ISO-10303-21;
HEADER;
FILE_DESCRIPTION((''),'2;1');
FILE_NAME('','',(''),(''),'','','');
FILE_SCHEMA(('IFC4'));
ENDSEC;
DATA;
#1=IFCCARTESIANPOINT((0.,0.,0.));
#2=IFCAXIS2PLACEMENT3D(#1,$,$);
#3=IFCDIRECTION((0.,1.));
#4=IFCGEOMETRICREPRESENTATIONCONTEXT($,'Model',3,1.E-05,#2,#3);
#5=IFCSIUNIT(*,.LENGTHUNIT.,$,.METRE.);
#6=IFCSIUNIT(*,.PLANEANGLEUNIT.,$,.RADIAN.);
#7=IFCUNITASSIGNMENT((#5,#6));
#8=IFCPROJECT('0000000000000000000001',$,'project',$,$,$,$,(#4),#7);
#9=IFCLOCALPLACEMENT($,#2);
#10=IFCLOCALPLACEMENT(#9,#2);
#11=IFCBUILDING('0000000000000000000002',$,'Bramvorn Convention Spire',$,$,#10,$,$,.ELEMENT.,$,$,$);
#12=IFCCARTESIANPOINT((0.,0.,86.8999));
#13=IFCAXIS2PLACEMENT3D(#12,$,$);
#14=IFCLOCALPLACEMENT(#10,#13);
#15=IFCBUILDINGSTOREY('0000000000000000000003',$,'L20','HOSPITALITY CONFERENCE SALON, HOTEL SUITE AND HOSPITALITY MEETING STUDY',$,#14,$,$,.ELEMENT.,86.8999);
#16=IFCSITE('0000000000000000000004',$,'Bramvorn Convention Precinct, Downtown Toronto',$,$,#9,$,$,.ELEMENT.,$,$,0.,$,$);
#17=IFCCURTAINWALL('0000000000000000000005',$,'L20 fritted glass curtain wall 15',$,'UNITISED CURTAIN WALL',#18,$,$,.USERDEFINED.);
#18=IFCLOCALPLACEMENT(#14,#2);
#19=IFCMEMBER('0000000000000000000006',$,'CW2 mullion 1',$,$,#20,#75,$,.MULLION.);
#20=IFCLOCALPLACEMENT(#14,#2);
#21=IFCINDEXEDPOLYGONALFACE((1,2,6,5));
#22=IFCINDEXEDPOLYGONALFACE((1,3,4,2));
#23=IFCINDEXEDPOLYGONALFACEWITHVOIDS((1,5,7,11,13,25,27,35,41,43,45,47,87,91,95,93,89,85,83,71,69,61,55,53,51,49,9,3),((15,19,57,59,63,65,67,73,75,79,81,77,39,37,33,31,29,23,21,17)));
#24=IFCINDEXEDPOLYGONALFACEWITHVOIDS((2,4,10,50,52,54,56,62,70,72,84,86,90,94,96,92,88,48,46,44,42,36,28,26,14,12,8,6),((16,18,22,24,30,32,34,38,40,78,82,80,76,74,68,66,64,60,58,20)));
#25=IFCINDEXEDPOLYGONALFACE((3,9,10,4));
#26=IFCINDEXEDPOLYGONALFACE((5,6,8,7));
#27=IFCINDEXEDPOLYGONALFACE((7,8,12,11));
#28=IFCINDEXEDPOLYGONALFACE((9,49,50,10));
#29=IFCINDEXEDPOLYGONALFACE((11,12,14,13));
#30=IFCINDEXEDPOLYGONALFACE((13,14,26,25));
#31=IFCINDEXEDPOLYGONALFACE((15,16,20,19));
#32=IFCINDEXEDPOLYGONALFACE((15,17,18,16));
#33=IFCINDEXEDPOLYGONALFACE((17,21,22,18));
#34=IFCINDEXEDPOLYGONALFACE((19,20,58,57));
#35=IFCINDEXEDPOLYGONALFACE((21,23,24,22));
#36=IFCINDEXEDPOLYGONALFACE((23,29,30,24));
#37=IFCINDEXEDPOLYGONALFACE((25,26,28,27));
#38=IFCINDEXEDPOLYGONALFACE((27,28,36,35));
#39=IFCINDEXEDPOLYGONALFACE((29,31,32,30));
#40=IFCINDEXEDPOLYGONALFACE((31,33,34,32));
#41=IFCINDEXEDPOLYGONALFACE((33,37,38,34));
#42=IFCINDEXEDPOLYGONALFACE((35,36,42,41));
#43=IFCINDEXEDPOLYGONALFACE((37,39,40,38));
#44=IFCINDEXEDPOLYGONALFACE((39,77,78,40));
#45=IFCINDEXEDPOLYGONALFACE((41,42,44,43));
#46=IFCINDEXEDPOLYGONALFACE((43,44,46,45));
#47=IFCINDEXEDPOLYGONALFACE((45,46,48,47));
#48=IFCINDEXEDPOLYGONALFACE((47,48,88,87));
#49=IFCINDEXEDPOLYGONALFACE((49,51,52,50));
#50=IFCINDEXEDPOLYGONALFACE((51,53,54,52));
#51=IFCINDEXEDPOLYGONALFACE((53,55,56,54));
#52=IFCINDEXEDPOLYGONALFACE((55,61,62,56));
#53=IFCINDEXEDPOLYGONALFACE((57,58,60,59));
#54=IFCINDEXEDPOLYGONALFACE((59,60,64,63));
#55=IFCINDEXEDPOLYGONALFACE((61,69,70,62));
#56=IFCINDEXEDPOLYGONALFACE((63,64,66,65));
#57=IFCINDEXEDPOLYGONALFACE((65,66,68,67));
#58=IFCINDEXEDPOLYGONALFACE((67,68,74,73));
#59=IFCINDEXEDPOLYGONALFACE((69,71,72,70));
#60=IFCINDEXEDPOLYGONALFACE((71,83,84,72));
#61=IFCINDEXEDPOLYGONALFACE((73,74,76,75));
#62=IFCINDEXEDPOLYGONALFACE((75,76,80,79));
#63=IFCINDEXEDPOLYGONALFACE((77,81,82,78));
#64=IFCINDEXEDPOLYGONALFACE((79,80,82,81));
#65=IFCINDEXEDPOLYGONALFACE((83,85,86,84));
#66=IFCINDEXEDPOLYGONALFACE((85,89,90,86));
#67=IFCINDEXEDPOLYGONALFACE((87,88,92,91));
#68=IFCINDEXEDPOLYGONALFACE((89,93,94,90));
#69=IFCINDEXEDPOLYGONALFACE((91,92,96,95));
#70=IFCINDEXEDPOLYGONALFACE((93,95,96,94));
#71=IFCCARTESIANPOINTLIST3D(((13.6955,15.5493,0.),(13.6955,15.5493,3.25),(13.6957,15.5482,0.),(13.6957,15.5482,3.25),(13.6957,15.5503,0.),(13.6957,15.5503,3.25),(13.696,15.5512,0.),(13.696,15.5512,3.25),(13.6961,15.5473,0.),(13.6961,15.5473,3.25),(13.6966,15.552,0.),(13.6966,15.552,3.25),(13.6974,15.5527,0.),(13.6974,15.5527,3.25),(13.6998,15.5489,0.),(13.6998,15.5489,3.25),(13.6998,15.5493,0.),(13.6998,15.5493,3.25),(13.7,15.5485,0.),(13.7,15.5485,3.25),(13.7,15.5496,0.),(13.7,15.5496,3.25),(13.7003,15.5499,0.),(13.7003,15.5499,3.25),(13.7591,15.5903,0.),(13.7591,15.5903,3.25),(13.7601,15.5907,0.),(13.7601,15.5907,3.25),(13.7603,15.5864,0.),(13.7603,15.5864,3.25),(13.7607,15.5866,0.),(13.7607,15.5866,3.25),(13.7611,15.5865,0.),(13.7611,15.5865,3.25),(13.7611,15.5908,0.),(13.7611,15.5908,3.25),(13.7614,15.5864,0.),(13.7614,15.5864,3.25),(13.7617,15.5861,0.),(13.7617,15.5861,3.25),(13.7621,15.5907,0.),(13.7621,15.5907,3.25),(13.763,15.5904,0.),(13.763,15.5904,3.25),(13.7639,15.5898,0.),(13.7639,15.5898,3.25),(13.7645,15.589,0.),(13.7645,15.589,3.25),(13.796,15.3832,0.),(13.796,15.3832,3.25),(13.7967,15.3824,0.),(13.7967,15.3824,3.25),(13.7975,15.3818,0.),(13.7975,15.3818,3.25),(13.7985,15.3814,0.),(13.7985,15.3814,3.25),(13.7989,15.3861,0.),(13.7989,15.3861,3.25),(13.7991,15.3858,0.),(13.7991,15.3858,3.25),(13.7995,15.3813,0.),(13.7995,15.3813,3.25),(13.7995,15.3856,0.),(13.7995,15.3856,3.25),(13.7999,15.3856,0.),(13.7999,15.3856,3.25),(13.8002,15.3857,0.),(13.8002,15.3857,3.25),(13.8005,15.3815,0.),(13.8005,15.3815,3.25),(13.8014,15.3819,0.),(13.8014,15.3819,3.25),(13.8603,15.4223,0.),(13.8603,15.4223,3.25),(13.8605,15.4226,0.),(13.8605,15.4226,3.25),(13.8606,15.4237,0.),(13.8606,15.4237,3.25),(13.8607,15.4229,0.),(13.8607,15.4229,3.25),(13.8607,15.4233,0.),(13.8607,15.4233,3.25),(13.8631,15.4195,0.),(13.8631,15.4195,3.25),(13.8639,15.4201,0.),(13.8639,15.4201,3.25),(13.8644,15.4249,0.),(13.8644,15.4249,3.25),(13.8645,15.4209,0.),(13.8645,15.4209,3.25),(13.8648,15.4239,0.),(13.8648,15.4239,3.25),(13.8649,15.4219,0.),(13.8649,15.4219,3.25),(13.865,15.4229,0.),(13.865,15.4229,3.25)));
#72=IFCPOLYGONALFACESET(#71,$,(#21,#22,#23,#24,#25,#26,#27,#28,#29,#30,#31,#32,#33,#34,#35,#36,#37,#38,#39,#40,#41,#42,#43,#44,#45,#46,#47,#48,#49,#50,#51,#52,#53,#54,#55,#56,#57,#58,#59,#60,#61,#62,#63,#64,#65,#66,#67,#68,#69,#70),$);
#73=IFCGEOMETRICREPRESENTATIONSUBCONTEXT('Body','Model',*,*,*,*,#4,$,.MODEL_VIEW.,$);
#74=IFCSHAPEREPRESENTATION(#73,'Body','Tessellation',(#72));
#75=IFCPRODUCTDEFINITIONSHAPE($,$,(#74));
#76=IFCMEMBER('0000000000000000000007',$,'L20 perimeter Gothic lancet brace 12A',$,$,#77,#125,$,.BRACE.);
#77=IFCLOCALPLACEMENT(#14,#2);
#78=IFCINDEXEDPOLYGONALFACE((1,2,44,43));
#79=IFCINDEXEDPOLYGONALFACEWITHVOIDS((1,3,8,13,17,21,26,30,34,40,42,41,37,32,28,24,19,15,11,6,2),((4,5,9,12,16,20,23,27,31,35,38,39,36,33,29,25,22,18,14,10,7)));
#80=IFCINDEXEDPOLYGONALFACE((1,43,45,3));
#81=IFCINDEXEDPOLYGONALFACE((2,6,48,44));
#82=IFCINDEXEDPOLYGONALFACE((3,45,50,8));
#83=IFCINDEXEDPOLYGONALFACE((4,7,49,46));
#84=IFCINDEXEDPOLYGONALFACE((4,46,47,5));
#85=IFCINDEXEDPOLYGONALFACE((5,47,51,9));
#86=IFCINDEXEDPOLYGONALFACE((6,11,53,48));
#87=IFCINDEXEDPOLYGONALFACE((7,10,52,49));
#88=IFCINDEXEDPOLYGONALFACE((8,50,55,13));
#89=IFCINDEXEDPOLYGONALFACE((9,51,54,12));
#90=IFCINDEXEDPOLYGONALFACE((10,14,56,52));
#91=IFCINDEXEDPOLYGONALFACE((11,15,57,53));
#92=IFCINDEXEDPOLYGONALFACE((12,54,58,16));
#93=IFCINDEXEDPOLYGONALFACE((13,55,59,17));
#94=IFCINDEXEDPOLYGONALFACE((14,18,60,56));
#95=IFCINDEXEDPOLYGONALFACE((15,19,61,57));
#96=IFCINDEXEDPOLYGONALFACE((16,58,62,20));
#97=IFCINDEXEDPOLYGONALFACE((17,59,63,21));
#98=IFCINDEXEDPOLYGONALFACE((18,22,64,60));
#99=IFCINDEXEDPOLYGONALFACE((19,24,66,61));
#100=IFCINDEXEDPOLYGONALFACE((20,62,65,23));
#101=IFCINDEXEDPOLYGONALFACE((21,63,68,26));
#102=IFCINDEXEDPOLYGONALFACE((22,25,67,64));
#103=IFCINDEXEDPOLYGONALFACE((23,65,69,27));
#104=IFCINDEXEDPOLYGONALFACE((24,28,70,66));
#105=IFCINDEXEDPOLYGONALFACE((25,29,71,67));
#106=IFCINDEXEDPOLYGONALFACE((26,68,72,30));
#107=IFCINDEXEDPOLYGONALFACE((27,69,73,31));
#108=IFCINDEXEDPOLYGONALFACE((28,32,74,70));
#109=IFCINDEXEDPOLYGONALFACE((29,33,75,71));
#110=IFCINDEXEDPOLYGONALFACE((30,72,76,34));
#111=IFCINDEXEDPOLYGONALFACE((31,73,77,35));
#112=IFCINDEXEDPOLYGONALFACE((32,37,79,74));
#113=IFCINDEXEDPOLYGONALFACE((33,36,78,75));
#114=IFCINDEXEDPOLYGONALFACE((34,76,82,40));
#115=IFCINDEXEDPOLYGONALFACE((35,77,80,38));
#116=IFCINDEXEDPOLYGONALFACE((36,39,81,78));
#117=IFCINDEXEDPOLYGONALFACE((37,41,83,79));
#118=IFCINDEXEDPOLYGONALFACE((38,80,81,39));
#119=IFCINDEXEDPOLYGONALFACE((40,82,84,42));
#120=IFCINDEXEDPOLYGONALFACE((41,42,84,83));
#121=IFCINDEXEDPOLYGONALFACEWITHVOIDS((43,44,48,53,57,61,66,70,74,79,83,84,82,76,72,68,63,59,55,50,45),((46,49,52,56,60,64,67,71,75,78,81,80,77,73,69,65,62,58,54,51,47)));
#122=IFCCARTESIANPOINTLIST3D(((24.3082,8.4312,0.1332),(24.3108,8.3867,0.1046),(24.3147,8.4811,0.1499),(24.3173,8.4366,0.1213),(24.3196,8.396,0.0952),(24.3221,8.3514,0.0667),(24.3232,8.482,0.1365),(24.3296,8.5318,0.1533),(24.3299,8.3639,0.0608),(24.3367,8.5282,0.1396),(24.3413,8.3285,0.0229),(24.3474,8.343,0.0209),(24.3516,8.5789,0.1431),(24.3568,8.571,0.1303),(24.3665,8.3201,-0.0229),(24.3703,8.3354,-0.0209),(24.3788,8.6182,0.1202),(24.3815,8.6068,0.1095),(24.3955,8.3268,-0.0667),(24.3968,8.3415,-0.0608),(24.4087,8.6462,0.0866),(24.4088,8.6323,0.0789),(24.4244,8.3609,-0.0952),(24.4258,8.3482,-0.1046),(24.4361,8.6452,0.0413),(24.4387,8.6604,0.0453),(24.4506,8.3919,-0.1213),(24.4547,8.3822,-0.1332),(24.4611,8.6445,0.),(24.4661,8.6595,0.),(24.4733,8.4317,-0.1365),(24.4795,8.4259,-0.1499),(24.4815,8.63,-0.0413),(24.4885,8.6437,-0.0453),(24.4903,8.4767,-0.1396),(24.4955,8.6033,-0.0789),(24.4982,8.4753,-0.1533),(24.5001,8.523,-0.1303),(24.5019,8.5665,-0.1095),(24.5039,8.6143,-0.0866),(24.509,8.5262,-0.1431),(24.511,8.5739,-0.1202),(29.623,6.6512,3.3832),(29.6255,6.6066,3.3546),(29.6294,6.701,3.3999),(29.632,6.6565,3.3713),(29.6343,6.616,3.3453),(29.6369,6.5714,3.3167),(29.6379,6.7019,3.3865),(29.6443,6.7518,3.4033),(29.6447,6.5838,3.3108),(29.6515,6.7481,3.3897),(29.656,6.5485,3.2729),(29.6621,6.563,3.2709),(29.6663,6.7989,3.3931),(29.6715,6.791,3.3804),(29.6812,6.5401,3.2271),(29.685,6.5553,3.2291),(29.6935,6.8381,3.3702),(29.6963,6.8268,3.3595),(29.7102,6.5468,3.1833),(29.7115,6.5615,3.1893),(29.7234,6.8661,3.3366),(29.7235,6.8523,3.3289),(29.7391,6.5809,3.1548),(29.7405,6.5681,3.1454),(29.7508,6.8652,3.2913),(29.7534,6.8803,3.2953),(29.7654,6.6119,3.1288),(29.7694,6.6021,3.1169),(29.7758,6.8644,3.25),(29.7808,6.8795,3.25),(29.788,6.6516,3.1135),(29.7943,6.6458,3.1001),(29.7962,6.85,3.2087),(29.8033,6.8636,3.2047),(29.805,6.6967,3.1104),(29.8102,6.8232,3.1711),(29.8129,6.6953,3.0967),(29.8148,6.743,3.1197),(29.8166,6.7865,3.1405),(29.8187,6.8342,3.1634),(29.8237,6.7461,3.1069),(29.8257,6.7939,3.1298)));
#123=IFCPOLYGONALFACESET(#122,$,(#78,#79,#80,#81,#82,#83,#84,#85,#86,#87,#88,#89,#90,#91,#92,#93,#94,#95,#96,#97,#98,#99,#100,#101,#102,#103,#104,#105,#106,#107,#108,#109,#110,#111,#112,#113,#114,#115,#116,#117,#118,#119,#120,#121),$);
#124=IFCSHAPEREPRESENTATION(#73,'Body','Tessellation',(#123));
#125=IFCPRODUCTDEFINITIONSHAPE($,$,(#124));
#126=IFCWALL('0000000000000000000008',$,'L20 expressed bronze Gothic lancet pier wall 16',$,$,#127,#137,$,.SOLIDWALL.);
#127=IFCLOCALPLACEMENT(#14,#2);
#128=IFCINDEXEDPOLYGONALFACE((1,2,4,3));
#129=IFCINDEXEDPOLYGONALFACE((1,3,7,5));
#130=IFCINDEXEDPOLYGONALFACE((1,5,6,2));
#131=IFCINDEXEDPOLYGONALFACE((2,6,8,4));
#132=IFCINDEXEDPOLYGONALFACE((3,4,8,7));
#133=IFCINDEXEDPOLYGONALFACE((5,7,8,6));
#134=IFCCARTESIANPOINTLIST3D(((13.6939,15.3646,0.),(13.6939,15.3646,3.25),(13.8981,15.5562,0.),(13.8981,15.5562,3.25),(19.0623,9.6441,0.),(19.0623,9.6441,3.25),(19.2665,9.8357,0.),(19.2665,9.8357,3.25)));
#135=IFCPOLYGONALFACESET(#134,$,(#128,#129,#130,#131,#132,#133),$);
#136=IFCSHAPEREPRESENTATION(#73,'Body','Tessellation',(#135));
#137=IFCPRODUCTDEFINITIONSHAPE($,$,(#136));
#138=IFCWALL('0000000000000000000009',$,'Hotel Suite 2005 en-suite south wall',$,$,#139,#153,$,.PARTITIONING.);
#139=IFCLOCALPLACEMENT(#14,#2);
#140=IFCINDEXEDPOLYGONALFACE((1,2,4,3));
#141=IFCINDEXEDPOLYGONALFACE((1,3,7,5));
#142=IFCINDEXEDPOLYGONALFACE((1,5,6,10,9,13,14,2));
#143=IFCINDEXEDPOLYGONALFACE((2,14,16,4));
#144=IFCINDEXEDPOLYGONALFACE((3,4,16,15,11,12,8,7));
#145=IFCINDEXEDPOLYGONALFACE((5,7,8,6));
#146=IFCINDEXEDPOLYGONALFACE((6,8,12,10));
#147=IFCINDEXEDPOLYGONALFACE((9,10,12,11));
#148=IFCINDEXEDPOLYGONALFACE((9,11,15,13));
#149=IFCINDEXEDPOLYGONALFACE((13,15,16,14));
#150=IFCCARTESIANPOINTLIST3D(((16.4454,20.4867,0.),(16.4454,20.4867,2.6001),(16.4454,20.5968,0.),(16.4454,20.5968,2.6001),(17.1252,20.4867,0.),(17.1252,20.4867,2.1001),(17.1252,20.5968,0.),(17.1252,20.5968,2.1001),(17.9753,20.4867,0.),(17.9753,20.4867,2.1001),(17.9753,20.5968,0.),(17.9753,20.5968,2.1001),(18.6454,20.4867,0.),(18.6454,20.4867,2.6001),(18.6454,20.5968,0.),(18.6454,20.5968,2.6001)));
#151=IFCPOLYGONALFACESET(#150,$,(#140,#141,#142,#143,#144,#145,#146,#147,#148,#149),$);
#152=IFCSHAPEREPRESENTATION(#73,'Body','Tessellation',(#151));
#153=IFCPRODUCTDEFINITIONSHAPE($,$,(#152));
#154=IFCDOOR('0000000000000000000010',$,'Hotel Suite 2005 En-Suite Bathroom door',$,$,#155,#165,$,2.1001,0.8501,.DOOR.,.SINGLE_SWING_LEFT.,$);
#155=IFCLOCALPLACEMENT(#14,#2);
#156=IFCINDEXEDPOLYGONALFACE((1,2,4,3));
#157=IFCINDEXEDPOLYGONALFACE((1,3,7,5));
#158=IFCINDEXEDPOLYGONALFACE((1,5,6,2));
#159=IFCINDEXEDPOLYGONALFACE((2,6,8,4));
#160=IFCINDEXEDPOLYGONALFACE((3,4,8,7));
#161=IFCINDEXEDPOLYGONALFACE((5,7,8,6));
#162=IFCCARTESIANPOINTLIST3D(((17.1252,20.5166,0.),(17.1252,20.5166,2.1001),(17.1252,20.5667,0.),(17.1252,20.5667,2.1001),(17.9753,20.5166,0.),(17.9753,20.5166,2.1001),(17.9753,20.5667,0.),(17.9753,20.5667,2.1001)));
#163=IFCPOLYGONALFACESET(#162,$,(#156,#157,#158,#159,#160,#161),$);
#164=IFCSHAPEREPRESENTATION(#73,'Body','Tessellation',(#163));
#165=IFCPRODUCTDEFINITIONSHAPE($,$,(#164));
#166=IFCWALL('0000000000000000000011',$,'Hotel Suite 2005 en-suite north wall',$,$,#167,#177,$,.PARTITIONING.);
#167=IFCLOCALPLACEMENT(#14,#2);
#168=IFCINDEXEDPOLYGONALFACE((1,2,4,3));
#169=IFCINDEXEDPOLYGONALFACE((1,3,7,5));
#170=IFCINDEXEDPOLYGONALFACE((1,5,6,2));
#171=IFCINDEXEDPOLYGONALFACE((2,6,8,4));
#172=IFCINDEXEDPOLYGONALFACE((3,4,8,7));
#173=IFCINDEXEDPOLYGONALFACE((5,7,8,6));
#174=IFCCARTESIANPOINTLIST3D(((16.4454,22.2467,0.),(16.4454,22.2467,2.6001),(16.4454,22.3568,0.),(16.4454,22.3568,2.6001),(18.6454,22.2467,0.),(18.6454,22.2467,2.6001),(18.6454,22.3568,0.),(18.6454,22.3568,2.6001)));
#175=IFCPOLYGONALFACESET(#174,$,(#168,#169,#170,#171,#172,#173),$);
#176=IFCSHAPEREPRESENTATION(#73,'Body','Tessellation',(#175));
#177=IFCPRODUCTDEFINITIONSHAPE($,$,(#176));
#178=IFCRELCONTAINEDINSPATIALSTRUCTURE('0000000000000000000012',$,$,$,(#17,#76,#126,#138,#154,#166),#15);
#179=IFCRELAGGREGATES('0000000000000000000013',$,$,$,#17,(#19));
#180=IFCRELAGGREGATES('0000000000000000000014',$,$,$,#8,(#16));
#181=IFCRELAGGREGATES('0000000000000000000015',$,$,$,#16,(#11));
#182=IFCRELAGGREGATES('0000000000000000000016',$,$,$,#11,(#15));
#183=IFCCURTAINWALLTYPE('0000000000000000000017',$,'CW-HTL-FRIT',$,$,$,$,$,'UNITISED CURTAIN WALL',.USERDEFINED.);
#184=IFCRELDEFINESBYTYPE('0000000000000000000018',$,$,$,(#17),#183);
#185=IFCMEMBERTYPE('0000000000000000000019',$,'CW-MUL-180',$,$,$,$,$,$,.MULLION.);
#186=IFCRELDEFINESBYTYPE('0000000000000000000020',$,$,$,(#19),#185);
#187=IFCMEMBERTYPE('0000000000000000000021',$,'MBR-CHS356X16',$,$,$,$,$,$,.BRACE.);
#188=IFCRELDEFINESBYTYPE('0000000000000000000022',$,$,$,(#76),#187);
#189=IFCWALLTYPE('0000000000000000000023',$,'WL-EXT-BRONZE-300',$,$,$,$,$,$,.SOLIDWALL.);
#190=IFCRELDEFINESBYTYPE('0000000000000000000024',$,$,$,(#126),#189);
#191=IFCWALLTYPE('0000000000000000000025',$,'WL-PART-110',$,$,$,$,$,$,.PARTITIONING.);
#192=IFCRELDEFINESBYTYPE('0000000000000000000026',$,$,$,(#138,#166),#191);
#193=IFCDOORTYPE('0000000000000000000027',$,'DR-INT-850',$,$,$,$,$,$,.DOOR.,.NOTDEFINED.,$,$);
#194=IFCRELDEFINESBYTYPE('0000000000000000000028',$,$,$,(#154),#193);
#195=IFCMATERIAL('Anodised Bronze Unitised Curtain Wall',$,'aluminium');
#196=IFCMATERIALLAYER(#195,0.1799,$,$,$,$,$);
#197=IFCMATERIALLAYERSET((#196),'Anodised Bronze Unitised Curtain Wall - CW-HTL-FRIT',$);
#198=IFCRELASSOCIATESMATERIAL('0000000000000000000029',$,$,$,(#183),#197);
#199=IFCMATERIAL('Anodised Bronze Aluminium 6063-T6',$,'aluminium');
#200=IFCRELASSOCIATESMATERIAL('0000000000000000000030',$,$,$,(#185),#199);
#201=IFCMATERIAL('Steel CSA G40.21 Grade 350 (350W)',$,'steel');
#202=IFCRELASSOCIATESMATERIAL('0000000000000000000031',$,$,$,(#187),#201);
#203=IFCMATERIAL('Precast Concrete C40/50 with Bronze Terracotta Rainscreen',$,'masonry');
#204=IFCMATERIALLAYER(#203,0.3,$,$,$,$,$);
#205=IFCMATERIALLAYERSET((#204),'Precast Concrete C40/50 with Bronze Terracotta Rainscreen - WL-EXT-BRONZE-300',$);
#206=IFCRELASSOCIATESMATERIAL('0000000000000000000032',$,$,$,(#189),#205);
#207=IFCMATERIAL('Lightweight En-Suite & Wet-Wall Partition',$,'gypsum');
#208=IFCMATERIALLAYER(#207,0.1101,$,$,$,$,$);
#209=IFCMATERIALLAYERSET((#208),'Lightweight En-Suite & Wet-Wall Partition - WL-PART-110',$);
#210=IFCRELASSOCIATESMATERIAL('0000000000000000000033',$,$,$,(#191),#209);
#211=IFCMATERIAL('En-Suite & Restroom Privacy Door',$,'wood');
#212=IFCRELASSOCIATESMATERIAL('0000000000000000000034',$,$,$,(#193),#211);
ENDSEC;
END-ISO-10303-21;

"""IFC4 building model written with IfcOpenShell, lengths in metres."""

from ifc_helpers import new_model, si_unit, direction, frame, frame_2d, origin, origin_2d, place, context, subcontext, project, spatial, rectangle, hollow_rectangle, hollow_circle, extrude, material, layer, layer_set, material_profile, profile_set, type_object, element, fill, aggregate, save


model = new_model("IFC4")

# Units and contexts
model_context = context("Model", 3, precision=1e-05, world=origin(), true_north=direction((0.0, 1.0)))
body_context = subcontext(model_context, "Body", "Model", "MODEL_VIEW")
ifc_project = project(units=[si_unit("LENGTHUNIT", "METRE"), si_unit("PLANEANGLEUNIT", "RADIAN")], contexts=[model_context])

# Site, building, storey
site_placement = place(None, origin())
site = spatial("IfcSite", under=ifc_project, at=site_placement, Name="Bramvorn Convention Precinct, Downtown Toronto", CompositionType="ELEMENT", RefElevation=0.0)
building_placement = place(site_placement, origin())
building = spatial("IfcBuilding", under=site, at=building_placement, Name="Bramvorn Convention Spire", CompositionType="ELEMENT")
storey_placement = place(building_placement, frame((0.0, 0.0, 86.8999)))
storey = spatial("IfcBuildingStorey", under=building, at=storey_placement, Name="L20", Description="HOSPITALITY CONFERENCE SALON, HOTEL SUITE AND HOSPITALITY MEETING STUDY", CompositionType="ELEMENT", Elevation=86.8999)

# Shared definitions
ifc_material_1 = material(Name="Steel CSA G40.21 Grade 350 (350W)", Category="steel")

# Curtain wall, member
ifc_material_2 = material(Name="Anodised Bronze Unitised Curtain Wall", Category="aluminium")
ifc_layer_1 = layer(ifc_material_2, 0.1799)
ifc_layer_set_1 = layer_set([ifc_layer_1], Name="Anodised Bronze Unitised Curtain Wall - CW-HTL-FRIT")
curtain_wall_type = type_object("IfcCurtainWallType", Name="CW-HTL-FRIT", ElementType="UNITISED CURTAIN WALL", PredefinedType="USERDEFINED", material=ifc_layer_set_1)
curtain_wall_placement = place(storey_placement, origin())
curtain_wall = element("IfcCurtainWall", 1, at=curtain_wall_placement, inside=storey, type_object=curtain_wall_type, Name="L20 fritted glass curtain wall 15", ObjectType="UNITISED CURTAIN WALL", PredefinedType="USERDEFINED")
ifc_material_3 = material(Name="Anodised Bronze Aluminium 6063-T6", Category="aluminium")
ifc_material_profile_1 = material_profile(ifc_material_3, hollow_rectangle(XDim=0.0801, YDim=0.2, WallThickness=0.0039, InnerFilletRadius=0.001, OuterFilletRadius=0.0039, at=origin_2d()))
ifc_profile_set_1 = profile_set([ifc_material_profile_1], Name="Anodised Bronze Aluminium 6063-T6 - CWM80X200")
member_type_1 = type_object("IfcMemberType", Name="CW-MUL-180", PredefinedType="MULLION", material=ifc_profile_set_1)
member_1_placement = place(storey_placement, frame((13.7803, 15.4861, 0.0), z_axis=(0.0, 0.0, 1.0), x_axis=(-0.854123, -0.52007, 0.0)))
member_1 = element("IfcMember", 2, at=member_1_placement, type_object=member_type_1, Name="CW2 mullion 1", PredefinedType="MULLION", context=body_context, shape_type="SweptSolid", body=[
    extrude(hollow_rectangle(XDim=0.0801, YDim=0.2, WallThickness=0.0039, InnerFilletRadius=0.001, OuterFilletRadius=0.0039, at=origin_2d()), origin(), (0.0, 0.0, 1.0), 3.25),
])
aggregate(curtain_wall, [member_1])

# Member
ifc_material_profile_2 = material_profile(ifc_material_1, hollow_circle(Radius=0.1777, WallThickness=0.0159, at=origin_2d()))
ifc_profile_set_2 = profile_set([ifc_material_profile_2], Name="Steel CSA G40.21 Grade 350 (350W) - CHS356X16")
member_type_2 = type_object("IfcMemberType", Name="MBR-CHS356X16", PredefinedType="BRACE", material=ifc_profile_set_2)
member_2_placement = place(storey_placement, frame((24.4097, 8.491, 0.0), z_axis=(0.8203, -0.27474, 0.501623), x_axis=(0.317586, 0.948229, 0.0)))
element("IfcMember", 3, at=member_2_placement, inside=storey, type_object=member_type_2, Name="L20 perimeter Gothic lancet brace 12A", PredefinedType="BRACE", context=body_context, shape_type="SweptSolid", body=[
    extrude(hollow_circle(Radius=0.1777, WallThickness=0.0159, at=origin_2d()), origin(), (0.0, 0.0, 1.0), 6.479),
])

# Wall
ifc_material_4 = material(Name="Precast Concrete C40/50 with Bronze Terracotta Rainscreen", Category="masonry")
ifc_layer_2 = layer(ifc_material_4, 0.3)
ifc_layer_set_2 = layer_set([ifc_layer_2], Name="Precast Concrete C40/50 with Bronze Terracotta Rainscreen - WL-EXT-BRONZE-300")
wall_type_1 = type_object("IfcWallType", Name="WL-EXT-BRONZE-300", PredefinedType="SOLIDWALL", material=ifc_layer_set_2)
wall_1_placement = place(storey_placement, frame((19.1643, 9.74, 0.0), z_axis=(0.0, 0.0, 1.0), x_axis=(-0.684313, 0.729189, 0.0)))
element("IfcWall", 4, at=wall_1_placement, inside=storey, type_object=wall_type_1, Name="L20 expressed bronze Gothic lancet pier wall 16", PredefinedType="SOLIDWALL", context=body_context, shape_type="SweptSolid", body=[
    extrude(rectangle(XDim=7.845, YDim=0.28, at=frame_2d((3.9224, 0.0))), origin(), (0.0, 0.0, 1.0), 3.25),
])

# Wall, opening, door
ifc_material_5 = material(Name="Lightweight En-Suite & Wet-Wall Partition", Category="gypsum")
ifc_layer_3 = layer(ifc_material_5, 0.1101)
ifc_layer_set_3 = layer_set([ifc_layer_3], Name="Lightweight En-Suite & Wet-Wall Partition - WL-PART-110")
wall_type_2 = type_object("IfcWallType", Name="WL-PART-110", PredefinedType="PARTITIONING", material=ifc_layer_set_3)
wall_2_placement = place(storey_placement, frame((16.4453, 20.5417, 0.0), z_axis=(0.0, 0.0, 1.0), x_axis=(1.0, 0.0, 0.0)))
wall_2 = element("IfcWall", 5, at=wall_2_placement, inside=storey, type_object=wall_type_2, Name="Hotel Suite 2005 en-suite south wall", PredefinedType="PARTITIONING", context=body_context, shape_type="SweptSolid", body=[
    extrude(rectangle(XDim=2.2, YDim=0.1101, at=frame_2d((1.1001, 0.0))), origin(), (0.0, 0.0, 1.0), 2.6001),
])
opening_1_placement = place(wall_2_placement, frame((0.6799, 0.0, 0.0)))
opening_1 = element("IfcOpeningElement", 6, at=opening_1_placement, cuts=wall_2, PredefinedType="OPENING", context=body_context, shape_type="SweptSolid", body=[
    extrude(rectangle(XDim=0.8501, YDim=2.1001, at=frame_2d((0.425, 1.05))), frame((0.0, 0.0649, 0.0), z_axis=(0.0, -1.0, 0.0), x_axis=(1.0, 0.0, 0.0)), (0.0, 0.0, 1.0), 0.1301),
])
ifc_material_6 = material(Name="En-Suite & Restroom Privacy Door", Category="wood")
door_type_1 = type_object("IfcDoorType", Name="DR-INT-850", OperationType="NOTDEFINED", PredefinedType="DOOR", material=ifc_material_6)
door_1_placement = place(opening_1_placement, origin())
door_1 = element("IfcDoor", 7, at=door_1_placement, inside=storey, type_object=door_type_1, Name="Hotel Suite 2005 En-Suite Bathroom door", OperationType="SINGLE_SWING_LEFT", OverallHeight=2.1001, OverallWidth=0.8501, PredefinedType="DOOR", context=body_context, shape_type="SweptSolid", body=[
    extrude(rectangle(XDim=0.8501, YDim=2.1001, at=frame_2d((0.425, 1.05))), frame((0.0, 0.0249, 0.0), z_axis=(0.0, -1.0, 0.0), x_axis=(1.0, 0.0, 0.0)), (0.0, 0.0, 1.0), 0.05),
])
fill(opening_1, door_1)

# Wall
wall_3_placement = place(storey_placement, frame((16.4453, 22.3018, 0.0), z_axis=(0.0, 0.0, 1.0), x_axis=(1.0, 0.0, 0.0)))
element("IfcWall", 8, at=wall_3_placement, inside=storey, type_object=wall_type_2, Name="Hotel Suite 2005 en-suite north wall", PredefinedType="PARTITIONING", context=body_context, shape_type="SweptSolid", body=[
    extrude(rectangle(XDim=2.2, YDim=0.1101, at=frame_2d((1.1001, 0.0))), origin(), (0.0, 0.0, 1.0), 2.6001),
])

save(model, "model.ifc")
